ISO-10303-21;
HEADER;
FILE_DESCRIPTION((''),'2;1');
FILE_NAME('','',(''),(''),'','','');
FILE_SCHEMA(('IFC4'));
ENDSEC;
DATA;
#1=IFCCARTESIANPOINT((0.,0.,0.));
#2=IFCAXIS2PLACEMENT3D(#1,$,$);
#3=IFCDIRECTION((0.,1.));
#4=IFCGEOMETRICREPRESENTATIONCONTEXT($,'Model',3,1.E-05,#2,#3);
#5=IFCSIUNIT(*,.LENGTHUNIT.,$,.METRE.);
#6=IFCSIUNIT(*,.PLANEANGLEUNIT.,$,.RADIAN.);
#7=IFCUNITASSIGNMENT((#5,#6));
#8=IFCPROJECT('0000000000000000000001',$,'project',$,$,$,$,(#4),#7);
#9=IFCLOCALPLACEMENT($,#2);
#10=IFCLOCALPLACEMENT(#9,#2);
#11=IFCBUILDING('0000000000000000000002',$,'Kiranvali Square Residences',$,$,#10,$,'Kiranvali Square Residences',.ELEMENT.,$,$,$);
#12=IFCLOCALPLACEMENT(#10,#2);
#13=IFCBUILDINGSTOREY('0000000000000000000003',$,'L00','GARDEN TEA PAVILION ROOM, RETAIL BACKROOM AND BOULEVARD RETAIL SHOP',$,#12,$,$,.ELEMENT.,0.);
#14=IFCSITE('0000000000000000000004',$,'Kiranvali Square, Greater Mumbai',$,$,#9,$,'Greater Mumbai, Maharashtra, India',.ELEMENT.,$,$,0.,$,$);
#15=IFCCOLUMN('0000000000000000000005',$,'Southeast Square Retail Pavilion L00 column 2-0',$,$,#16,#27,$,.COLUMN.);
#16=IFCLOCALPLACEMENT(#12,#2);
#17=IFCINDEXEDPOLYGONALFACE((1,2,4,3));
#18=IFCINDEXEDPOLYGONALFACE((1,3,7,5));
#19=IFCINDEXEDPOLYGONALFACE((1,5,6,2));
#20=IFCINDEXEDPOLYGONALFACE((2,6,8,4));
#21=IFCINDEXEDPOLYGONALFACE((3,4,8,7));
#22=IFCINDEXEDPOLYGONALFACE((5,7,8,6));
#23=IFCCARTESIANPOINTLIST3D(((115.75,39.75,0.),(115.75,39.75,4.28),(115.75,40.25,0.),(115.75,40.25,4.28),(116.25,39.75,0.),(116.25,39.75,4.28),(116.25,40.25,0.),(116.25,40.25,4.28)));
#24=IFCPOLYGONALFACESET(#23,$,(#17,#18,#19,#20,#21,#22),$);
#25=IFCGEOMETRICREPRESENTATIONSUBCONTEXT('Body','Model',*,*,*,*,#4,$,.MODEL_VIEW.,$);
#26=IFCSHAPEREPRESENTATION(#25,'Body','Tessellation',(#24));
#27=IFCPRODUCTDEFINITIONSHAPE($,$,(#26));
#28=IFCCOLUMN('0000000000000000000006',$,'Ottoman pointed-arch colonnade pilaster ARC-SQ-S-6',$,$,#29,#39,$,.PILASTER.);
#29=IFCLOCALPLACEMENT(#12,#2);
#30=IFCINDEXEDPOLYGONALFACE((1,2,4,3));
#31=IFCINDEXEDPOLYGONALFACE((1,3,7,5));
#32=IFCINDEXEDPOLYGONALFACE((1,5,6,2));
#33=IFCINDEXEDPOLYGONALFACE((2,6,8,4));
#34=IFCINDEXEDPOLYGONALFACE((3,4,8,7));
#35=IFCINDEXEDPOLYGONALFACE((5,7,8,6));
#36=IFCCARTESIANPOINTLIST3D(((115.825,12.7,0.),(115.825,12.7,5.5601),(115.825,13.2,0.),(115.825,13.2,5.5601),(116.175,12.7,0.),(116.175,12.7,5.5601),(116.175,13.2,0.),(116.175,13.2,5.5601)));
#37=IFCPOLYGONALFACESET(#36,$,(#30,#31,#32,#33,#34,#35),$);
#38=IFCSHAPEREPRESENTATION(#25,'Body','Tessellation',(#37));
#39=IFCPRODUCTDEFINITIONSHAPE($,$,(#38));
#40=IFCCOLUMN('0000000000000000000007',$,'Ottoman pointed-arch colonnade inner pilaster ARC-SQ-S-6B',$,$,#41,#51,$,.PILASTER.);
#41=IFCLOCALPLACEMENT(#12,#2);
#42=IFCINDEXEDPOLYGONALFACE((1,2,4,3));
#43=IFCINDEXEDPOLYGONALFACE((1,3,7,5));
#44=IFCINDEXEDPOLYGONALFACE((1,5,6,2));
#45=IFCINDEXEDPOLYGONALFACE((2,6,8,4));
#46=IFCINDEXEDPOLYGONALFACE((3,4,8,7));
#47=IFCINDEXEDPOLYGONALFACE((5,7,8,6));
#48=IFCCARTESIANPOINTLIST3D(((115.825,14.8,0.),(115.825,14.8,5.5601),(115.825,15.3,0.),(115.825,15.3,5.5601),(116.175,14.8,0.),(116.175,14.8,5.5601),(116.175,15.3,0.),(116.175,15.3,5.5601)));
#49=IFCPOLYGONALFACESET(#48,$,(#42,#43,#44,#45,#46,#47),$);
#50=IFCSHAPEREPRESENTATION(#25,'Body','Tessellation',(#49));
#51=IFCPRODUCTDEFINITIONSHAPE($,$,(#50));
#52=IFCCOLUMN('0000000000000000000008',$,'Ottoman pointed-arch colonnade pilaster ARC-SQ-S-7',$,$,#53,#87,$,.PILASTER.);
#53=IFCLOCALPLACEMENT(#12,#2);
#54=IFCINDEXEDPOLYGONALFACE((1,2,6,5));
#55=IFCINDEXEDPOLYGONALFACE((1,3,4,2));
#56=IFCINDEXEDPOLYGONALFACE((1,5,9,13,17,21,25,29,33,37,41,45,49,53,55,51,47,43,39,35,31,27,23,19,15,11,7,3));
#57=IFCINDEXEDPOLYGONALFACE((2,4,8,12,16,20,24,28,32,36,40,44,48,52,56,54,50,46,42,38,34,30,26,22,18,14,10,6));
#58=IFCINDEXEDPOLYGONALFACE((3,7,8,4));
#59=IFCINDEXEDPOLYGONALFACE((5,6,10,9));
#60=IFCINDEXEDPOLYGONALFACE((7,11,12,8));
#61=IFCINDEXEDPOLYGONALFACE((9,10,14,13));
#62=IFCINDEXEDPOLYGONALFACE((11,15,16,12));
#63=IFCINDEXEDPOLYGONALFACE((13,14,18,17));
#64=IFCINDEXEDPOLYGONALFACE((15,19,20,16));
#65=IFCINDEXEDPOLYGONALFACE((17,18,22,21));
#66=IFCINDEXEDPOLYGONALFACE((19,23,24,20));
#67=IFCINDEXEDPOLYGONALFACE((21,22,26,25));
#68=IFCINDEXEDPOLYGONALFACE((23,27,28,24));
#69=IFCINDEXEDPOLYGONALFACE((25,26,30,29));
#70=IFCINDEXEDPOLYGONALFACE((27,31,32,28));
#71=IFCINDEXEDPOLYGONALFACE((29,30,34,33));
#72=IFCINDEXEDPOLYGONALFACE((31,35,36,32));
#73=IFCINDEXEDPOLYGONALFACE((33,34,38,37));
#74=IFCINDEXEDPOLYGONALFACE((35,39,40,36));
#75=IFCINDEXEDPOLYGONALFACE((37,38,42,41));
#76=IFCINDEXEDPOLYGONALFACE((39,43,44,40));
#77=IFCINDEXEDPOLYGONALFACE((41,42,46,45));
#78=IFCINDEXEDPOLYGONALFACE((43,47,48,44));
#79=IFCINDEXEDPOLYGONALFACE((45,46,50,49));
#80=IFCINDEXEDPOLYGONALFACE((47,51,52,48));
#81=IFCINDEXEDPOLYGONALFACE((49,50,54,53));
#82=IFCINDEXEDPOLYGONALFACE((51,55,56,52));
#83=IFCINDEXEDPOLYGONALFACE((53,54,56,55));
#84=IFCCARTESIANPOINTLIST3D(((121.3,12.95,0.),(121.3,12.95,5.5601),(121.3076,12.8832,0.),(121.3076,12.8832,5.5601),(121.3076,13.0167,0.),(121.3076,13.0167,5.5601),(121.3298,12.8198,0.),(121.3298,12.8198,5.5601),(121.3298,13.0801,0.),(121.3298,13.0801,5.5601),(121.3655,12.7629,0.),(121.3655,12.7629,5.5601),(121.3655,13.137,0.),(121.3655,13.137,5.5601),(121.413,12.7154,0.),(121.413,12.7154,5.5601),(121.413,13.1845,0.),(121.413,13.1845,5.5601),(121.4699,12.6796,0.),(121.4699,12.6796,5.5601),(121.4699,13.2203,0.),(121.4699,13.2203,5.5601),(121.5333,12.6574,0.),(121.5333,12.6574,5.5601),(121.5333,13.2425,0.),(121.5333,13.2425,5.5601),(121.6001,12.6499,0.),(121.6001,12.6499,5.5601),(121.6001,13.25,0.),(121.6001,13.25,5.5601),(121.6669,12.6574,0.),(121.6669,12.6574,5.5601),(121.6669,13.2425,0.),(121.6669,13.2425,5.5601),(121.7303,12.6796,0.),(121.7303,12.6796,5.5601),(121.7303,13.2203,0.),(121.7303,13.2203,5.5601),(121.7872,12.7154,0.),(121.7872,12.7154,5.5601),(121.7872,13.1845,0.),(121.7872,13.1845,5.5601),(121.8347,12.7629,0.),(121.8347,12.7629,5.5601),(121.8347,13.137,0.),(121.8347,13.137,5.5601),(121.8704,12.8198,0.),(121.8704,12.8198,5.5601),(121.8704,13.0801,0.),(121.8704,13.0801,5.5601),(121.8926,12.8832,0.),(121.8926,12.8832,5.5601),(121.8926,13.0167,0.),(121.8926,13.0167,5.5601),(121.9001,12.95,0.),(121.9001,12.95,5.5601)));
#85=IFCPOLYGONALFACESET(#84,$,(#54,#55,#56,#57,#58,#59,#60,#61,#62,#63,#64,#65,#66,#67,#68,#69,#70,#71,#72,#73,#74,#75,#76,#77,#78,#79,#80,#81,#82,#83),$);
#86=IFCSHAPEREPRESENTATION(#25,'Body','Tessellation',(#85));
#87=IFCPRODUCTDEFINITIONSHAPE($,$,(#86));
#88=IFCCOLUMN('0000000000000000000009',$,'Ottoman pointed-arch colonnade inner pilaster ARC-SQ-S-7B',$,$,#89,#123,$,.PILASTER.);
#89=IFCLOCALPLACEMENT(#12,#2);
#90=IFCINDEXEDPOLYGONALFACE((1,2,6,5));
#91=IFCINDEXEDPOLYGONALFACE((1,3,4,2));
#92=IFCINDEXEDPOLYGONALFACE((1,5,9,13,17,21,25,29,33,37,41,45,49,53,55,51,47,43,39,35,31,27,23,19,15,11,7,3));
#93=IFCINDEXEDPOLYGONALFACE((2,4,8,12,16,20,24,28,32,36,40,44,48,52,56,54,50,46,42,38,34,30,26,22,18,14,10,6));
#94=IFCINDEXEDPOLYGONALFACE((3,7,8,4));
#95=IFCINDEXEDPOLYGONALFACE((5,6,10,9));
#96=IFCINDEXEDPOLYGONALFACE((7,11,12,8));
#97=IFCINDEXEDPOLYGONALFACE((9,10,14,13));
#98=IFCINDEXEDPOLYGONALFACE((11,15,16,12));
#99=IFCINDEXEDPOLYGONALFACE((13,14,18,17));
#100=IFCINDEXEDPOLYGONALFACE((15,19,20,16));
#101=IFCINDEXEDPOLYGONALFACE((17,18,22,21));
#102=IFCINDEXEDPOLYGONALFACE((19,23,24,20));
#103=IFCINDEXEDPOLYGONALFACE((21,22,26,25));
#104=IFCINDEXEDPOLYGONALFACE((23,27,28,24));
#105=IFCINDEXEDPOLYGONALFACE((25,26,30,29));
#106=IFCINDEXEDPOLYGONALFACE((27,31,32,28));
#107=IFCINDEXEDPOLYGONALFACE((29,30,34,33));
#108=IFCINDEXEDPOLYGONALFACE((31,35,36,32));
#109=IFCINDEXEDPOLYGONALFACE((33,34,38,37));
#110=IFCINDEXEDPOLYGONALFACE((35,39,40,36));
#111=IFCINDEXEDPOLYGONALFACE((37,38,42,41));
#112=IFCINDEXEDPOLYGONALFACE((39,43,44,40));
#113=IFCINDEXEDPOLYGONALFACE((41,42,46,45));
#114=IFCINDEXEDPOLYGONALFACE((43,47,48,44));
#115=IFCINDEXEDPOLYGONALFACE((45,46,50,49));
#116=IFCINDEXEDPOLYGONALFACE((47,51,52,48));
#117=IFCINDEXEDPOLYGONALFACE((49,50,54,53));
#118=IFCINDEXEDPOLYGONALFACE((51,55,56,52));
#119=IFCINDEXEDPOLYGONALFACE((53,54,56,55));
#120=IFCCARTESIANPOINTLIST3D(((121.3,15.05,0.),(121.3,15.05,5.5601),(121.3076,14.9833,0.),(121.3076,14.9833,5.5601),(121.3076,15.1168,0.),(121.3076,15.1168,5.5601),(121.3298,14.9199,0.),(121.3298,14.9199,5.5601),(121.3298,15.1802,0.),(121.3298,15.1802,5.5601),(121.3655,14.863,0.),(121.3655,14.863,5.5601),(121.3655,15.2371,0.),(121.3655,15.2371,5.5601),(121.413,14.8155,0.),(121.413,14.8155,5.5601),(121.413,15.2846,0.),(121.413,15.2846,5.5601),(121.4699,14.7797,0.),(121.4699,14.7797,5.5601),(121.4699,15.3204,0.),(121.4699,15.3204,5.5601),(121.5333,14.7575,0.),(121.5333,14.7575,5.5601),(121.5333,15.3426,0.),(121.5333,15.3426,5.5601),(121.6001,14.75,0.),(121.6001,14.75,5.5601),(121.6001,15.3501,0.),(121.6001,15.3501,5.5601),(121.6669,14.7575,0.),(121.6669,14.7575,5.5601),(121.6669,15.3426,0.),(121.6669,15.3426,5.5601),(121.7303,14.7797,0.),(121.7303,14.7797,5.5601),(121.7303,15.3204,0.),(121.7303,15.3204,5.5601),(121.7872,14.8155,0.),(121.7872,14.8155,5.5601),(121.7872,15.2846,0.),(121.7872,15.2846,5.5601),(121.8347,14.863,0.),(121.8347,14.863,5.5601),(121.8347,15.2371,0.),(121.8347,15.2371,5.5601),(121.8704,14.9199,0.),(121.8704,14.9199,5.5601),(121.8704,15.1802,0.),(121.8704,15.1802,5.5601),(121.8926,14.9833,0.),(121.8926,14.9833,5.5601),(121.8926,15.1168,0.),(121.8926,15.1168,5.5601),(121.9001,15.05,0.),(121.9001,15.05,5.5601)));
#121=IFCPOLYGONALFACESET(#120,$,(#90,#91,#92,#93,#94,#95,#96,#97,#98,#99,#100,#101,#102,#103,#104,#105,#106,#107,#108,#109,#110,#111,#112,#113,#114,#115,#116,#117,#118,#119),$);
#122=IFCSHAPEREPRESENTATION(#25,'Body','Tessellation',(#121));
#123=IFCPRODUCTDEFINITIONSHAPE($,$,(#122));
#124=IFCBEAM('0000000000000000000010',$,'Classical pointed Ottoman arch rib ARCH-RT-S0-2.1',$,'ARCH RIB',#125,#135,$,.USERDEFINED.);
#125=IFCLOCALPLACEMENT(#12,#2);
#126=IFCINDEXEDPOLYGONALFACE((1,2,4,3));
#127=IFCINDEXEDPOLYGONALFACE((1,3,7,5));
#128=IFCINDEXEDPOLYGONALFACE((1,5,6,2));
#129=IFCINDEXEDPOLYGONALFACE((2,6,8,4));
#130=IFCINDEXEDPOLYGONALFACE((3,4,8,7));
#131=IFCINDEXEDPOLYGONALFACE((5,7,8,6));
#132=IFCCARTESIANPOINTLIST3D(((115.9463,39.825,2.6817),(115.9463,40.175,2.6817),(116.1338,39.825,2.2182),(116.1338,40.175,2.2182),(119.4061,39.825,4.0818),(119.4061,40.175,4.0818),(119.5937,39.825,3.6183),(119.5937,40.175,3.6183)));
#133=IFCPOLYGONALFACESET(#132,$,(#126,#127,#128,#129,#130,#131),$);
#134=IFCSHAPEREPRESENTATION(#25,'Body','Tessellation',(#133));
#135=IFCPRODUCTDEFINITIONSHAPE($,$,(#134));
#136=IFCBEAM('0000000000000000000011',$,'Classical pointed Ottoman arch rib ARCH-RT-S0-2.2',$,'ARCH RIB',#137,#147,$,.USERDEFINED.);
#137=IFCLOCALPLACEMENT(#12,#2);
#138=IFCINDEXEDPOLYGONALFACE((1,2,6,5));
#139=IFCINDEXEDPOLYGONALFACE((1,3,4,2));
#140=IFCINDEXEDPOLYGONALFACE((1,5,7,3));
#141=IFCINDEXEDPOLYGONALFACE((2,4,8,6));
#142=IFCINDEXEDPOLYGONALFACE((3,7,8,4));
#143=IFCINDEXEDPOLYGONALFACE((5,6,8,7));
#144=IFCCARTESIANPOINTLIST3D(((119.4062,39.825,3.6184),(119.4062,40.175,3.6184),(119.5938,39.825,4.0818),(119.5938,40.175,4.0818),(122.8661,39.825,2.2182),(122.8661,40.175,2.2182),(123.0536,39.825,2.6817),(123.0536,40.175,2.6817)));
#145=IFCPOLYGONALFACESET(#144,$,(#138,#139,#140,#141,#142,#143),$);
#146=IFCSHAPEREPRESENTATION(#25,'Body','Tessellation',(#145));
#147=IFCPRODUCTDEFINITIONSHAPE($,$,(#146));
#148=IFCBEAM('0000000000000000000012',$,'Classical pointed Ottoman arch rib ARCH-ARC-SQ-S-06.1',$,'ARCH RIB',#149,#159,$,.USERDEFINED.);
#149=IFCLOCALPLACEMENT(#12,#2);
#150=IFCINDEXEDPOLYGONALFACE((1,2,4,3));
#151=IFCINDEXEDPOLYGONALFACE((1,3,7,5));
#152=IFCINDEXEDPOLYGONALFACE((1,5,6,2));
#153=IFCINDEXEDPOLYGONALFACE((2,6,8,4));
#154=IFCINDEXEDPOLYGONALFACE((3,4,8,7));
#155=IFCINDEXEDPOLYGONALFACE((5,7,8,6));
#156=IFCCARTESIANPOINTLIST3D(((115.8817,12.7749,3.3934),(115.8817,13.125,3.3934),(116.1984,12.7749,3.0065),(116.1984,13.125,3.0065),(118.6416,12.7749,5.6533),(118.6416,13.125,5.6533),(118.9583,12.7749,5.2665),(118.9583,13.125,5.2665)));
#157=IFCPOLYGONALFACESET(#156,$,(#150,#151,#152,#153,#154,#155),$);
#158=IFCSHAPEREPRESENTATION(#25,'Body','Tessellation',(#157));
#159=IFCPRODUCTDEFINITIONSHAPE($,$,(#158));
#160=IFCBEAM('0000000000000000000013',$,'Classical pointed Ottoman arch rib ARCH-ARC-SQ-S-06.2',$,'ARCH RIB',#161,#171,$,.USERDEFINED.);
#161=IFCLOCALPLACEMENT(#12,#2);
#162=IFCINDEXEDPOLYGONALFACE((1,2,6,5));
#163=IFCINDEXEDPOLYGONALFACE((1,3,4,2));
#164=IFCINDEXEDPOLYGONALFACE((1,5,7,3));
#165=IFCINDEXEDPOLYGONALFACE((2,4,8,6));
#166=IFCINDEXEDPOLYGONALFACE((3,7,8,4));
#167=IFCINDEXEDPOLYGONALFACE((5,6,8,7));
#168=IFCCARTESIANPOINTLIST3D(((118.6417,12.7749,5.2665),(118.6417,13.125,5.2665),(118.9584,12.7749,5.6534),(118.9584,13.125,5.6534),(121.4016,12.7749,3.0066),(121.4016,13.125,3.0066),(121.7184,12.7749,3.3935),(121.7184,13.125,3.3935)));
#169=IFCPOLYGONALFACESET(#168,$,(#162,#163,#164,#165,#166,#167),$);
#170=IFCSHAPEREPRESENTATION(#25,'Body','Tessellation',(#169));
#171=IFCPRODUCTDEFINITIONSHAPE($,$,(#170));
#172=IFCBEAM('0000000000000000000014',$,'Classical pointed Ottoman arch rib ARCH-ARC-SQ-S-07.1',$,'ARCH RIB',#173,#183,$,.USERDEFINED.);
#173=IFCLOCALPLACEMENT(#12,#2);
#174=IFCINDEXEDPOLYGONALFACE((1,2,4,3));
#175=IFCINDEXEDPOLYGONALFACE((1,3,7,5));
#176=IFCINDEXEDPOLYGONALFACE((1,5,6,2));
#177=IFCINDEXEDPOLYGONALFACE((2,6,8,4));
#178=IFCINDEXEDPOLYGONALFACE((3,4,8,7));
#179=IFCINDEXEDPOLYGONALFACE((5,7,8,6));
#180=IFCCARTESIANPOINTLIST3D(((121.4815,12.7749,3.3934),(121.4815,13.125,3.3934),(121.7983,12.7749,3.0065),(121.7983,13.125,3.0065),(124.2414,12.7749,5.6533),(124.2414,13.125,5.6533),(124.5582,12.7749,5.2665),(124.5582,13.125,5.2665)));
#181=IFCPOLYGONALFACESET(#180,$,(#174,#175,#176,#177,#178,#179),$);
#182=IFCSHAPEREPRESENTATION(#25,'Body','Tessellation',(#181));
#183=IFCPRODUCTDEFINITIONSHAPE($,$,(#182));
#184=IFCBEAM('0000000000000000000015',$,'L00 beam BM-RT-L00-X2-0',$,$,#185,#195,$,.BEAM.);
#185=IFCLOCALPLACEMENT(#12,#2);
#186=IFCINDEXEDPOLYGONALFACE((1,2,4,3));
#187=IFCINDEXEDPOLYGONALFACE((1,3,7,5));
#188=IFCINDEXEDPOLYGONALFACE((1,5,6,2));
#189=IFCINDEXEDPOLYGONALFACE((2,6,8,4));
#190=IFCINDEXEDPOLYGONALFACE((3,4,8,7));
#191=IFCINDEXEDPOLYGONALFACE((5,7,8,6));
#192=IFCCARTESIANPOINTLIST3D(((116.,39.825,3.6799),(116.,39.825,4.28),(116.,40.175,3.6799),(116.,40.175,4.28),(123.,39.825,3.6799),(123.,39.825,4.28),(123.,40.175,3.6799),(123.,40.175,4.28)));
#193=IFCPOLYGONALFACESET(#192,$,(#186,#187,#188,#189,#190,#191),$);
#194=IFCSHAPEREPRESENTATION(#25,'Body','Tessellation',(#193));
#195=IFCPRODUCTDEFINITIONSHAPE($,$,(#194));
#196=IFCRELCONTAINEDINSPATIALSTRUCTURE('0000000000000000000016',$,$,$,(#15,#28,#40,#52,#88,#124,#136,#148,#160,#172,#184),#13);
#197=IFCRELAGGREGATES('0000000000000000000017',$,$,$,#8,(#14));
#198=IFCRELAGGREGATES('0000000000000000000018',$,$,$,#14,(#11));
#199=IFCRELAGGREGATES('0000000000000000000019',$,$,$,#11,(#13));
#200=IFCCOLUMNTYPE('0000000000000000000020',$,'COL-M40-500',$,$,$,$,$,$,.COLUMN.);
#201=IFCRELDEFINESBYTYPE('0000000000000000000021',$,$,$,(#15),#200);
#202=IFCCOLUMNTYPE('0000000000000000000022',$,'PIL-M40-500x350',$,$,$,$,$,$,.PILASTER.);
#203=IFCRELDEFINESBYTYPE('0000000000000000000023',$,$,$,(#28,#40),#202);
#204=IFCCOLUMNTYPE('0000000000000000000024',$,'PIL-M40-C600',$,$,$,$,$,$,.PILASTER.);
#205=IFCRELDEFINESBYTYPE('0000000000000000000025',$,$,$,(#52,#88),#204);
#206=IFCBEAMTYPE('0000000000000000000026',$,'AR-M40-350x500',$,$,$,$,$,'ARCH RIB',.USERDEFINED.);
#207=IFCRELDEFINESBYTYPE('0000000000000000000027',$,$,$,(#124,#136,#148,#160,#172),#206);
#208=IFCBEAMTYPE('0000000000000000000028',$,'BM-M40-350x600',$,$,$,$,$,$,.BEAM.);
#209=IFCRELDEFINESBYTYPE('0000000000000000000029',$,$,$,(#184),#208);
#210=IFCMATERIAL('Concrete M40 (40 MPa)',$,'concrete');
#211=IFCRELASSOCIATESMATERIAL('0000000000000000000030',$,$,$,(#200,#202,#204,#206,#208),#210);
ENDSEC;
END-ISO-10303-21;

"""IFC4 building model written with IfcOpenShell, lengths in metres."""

from ifc_helpers import new_model, si_unit, direction, frame, origin, origin_2d, place, context, subcontext, project, spatial, rectangle, circle, extrude, material, material_profile, profile_set, type_object, element, save


model = new_model("IFC4")

# Units and contexts
model_context = context("Model", 3, precision=1e-05, world=origin(), true_north=direction((0.0, 1.0)))
body_context = subcontext(model_context, "Body", "Model", "MODEL_VIEW")
ifc_project = project(units=[si_unit("LENGTHUNIT", "METRE"), si_unit("PLANEANGLEUNIT", "RADIAN")], contexts=[model_context])

# Site, building, storey
site_placement = place(None, origin())
site = spatial("IfcSite", under=ifc_project, at=site_placement, Name="Kiranvali Square, Greater Mumbai", LongName="Greater Mumbai, Maharashtra, India", CompositionType="ELEMENT", RefElevation=0.0)
building_placement = place(site_placement, origin())
building = spatial("IfcBuilding", under=site, at=building_placement, Name="Kiranvali Square Residences", LongName="Kiranvali Square Residences", CompositionType="ELEMENT")
storey_placement = place(building_placement, origin())
storey = spatial("IfcBuildingStorey", under=building, at=storey_placement, Name="L00", Description="GARDEN TEA PAVILION ROOM, RETAIL BACKROOM AND BOULEVARD RETAIL SHOP", CompositionType="ELEMENT", Elevation=0.0)

# Columns
ifc_material_1 = material(Name="Concrete M40 (40 MPa)", Category="concrete")
ifc_material_profile_1 = material_profile(ifc_material_1, rectangle(XDim=0.5, YDim=0.5, at=origin_2d()), Name="RC 500x500")
ifc_profile_set_1 = profile_set([ifc_material_profile_1], Name="Concrete M40 (40 MPa)")
column_type_1 = type_object("IfcColumnType", Name="COL-M40-500", PredefinedType="COLUMN", material=ifc_profile_set_1)
column_placement = place(storey_placement, frame((116.0, 40.0, 0.0), z_axis=(0.0, 0.0, 1.0), x_axis=(1.0, 0.0, 0.0)))
element("IfcColumn", 1, at=column_placement, inside=storey, type_object=column_type_1, Name="Southeast Square Retail Pavilion L00 column 2-0", PredefinedType="COLUMN", context=body_context, shape_type="SweptSolid", body=[
    extrude(rectangle(XDim=0.5, YDim=0.5, at=origin_2d()), origin(), (0.0, 0.0, 1.0), 4.28),
])
ifc_material_profile_2 = material_profile(ifc_material_1, rectangle(XDim=0.3501, YDim=0.5, at=origin_2d()), Name="RC 500x350")
ifc_profile_set_2 = profile_set([ifc_material_profile_2], Name="Concrete M40 (40 MPa)")
column_type_2 = type_object("IfcColumnType", Name="PIL-M40-500x350", PredefinedType="PILASTER", material=ifc_profile_set_2)
for number, where, z_axis, x_axis, name in (
    (2, (116.0, 12.95, 0.0), (0.0, 0.0, 1.0), (1.0, 0.0, 0.0), "Ottoman pointed-arch colonnade pilaster ARC-SQ-S-6"),
    (3, (116.0, 15.05, 0.0), (0.0, 0.0, 1.0), (1.0, 0.0, 0.0), "Ottoman pointed-arch colonnade inner pilaster ARC-SQ-S-6B"),
):
    element("IfcColumn", number, at=place(storey_placement, frame(where, z_axis=z_axis, x_axis=x_axis)), inside=storey, type_object=column_type_2, Name=name, PredefinedType="PILASTER", context=body_context, shape_type="SweptSolid", body=[
        extrude(rectangle(XDim=0.3501, YDim=0.5, at=origin_2d()), origin(), (0.0, 0.0, 1.0), 5.5601),
    ])
ifc_material_profile_3 = material_profile(ifc_material_1, circle(Radius=0.3, at=origin_2d()), Name="RC-CIRC 600")
ifc_profile_set_3 = profile_set([ifc_material_profile_3], Name="Concrete M40 (40 MPa)")
column_type_3 = type_object("IfcColumnType", Name="PIL-M40-C600", PredefinedType="PILASTER", material=ifc_profile_set_3)
for number, where, z_axis, x_axis, name in (
    (4, (121.6001, 12.95, 0.0), (0.0, 0.0, 1.0), (1.0, 0.0, 0.0), "Ottoman pointed-arch colonnade pilaster ARC-SQ-S-7"),
    (5, (121.6001, 15.05, 0.0), (0.0, 0.0, 1.0), (1.0, 0.0, 0.0), "Ottoman pointed-arch colonnade inner pilaster ARC-SQ-S-7B"),
):
    element("IfcColumn", number, at=place(storey_placement, frame(where, z_axis=z_axis, x_axis=x_axis)), inside=storey, type_object=column_type_3, Name=name, PredefinedType="PILASTER", context=body_context, shape_type="SweptSolid", body=[
        extrude(circle(Radius=0.3, at=origin_2d()), origin(), (0.0, 0.0, 1.0), 5.5601),
    ])

# Beams
ifc_material_profile_4 = material_profile(ifc_material_1, rectangle(XDim=0.3501, YDim=0.5, at=origin_2d()), Name="RC 350x500")
ifc_profile_set_4 = profile_set([ifc_material_profile_4], Name="Concrete M40 (40 MPa)")
beam_type_1 = type_object("IfcBeamType", Name="AR-M40-350x500", ElementType="ARCH RIB", PredefinedType="USERDEFINED", material=ifc_profile_set_4)
for number, where, z_axis, x_axis, name in (
    (6, (116.04, 40.0, 2.45), (0.926976, 0.0, 0.37512), (0.0, 1.0, 0.0), "Classical pointed Ottoman arch rib ARCH-RT-S0-2.1"),
    (7, (119.5, 40.0, 3.8501), (0.926976, 0.0, -0.37512), (0.0, 1.0, 0.0), "Classical pointed Ottoman arch rib ARCH-RT-S0-2.2"),
):
    element("IfcBeam", number, at=place(storey_placement, frame(where, z_axis=z_axis, x_axis=x_axis)), inside=storey, type_object=beam_type_1, Name=name, ObjectType="ARCH RIB", PredefinedType="USERDEFINED", context=body_context, shape_type="SweptSolid", body=[
        extrude(rectangle(XDim=0.3501, YDim=0.5, at=origin_2d()), origin(), (0.0, 0.0, 1.0), 3.7324),
    ])
for number, where, z_axis, x_axis, name in (
    (8, (116.04, 12.95, 3.2), (0.773707, 0.0, 0.633543), (0.0, 1.0, 0.0), "Classical pointed Ottoman arch rib ARCH-ARC-SQ-S-06.1"),
    (9, (118.8, 12.95, 5.46), (0.773707, 0.0, -0.633543), (0.0, 1.0, 0.0), "Classical pointed Ottoman arch rib ARCH-ARC-SQ-S-06.2"),
    (10, (121.6399, 12.95, 3.2), (0.773707, 0.0, 0.633543), (0.0, 1.0, 0.0), "Classical pointed Ottoman arch rib ARCH-ARC-SQ-S-07.1"),
):
    element("IfcBeam", number, at=place(storey_placement, frame(where, z_axis=z_axis, x_axis=x_axis)), inside=storey, type_object=beam_type_1, Name=name, ObjectType="ARCH RIB", PredefinedType="USERDEFINED", context=body_context, shape_type="SweptSolid", body=[
        extrude(rectangle(XDim=0.3501, YDim=0.5, at=origin_2d()), origin(), (0.0, 0.0, 1.0), 3.5671),
    ])
ifc_material_profile_5 = material_profile(ifc_material_1, rectangle(XDim=0.3501, YDim=0.6001, at=origin_2d()), Name="RC 350x600")
ifc_profile_set_5 = profile_set([ifc_material_profile_5], Name="Concrete M40 (40 MPa)")
beam_type_2 = type_object("IfcBeamType", Name="BM-M40-350x600", PredefinedType="BEAM", material=ifc_profile_set_5)
beam_1_placement = place(storey_placement, frame((116.0, 40.0, 3.98), z_axis=(1.0, 0.0, 0.0), x_axis=(0.0, 1.0, 0.0)))
element("IfcBeam", 11, at=beam_1_placement, inside=storey, type_object=beam_type_2, Name="L00 beam BM-RT-L00-X2-0", PredefinedType="BEAM", context=body_context, shape_type="SweptSolid", body=[
    extrude(rectangle(XDim=0.3501, YDim=0.6001, at=origin_2d()), origin(), (0.0, 0.0, 1.0), 7.0),
])

save(model, "model.ifc")
